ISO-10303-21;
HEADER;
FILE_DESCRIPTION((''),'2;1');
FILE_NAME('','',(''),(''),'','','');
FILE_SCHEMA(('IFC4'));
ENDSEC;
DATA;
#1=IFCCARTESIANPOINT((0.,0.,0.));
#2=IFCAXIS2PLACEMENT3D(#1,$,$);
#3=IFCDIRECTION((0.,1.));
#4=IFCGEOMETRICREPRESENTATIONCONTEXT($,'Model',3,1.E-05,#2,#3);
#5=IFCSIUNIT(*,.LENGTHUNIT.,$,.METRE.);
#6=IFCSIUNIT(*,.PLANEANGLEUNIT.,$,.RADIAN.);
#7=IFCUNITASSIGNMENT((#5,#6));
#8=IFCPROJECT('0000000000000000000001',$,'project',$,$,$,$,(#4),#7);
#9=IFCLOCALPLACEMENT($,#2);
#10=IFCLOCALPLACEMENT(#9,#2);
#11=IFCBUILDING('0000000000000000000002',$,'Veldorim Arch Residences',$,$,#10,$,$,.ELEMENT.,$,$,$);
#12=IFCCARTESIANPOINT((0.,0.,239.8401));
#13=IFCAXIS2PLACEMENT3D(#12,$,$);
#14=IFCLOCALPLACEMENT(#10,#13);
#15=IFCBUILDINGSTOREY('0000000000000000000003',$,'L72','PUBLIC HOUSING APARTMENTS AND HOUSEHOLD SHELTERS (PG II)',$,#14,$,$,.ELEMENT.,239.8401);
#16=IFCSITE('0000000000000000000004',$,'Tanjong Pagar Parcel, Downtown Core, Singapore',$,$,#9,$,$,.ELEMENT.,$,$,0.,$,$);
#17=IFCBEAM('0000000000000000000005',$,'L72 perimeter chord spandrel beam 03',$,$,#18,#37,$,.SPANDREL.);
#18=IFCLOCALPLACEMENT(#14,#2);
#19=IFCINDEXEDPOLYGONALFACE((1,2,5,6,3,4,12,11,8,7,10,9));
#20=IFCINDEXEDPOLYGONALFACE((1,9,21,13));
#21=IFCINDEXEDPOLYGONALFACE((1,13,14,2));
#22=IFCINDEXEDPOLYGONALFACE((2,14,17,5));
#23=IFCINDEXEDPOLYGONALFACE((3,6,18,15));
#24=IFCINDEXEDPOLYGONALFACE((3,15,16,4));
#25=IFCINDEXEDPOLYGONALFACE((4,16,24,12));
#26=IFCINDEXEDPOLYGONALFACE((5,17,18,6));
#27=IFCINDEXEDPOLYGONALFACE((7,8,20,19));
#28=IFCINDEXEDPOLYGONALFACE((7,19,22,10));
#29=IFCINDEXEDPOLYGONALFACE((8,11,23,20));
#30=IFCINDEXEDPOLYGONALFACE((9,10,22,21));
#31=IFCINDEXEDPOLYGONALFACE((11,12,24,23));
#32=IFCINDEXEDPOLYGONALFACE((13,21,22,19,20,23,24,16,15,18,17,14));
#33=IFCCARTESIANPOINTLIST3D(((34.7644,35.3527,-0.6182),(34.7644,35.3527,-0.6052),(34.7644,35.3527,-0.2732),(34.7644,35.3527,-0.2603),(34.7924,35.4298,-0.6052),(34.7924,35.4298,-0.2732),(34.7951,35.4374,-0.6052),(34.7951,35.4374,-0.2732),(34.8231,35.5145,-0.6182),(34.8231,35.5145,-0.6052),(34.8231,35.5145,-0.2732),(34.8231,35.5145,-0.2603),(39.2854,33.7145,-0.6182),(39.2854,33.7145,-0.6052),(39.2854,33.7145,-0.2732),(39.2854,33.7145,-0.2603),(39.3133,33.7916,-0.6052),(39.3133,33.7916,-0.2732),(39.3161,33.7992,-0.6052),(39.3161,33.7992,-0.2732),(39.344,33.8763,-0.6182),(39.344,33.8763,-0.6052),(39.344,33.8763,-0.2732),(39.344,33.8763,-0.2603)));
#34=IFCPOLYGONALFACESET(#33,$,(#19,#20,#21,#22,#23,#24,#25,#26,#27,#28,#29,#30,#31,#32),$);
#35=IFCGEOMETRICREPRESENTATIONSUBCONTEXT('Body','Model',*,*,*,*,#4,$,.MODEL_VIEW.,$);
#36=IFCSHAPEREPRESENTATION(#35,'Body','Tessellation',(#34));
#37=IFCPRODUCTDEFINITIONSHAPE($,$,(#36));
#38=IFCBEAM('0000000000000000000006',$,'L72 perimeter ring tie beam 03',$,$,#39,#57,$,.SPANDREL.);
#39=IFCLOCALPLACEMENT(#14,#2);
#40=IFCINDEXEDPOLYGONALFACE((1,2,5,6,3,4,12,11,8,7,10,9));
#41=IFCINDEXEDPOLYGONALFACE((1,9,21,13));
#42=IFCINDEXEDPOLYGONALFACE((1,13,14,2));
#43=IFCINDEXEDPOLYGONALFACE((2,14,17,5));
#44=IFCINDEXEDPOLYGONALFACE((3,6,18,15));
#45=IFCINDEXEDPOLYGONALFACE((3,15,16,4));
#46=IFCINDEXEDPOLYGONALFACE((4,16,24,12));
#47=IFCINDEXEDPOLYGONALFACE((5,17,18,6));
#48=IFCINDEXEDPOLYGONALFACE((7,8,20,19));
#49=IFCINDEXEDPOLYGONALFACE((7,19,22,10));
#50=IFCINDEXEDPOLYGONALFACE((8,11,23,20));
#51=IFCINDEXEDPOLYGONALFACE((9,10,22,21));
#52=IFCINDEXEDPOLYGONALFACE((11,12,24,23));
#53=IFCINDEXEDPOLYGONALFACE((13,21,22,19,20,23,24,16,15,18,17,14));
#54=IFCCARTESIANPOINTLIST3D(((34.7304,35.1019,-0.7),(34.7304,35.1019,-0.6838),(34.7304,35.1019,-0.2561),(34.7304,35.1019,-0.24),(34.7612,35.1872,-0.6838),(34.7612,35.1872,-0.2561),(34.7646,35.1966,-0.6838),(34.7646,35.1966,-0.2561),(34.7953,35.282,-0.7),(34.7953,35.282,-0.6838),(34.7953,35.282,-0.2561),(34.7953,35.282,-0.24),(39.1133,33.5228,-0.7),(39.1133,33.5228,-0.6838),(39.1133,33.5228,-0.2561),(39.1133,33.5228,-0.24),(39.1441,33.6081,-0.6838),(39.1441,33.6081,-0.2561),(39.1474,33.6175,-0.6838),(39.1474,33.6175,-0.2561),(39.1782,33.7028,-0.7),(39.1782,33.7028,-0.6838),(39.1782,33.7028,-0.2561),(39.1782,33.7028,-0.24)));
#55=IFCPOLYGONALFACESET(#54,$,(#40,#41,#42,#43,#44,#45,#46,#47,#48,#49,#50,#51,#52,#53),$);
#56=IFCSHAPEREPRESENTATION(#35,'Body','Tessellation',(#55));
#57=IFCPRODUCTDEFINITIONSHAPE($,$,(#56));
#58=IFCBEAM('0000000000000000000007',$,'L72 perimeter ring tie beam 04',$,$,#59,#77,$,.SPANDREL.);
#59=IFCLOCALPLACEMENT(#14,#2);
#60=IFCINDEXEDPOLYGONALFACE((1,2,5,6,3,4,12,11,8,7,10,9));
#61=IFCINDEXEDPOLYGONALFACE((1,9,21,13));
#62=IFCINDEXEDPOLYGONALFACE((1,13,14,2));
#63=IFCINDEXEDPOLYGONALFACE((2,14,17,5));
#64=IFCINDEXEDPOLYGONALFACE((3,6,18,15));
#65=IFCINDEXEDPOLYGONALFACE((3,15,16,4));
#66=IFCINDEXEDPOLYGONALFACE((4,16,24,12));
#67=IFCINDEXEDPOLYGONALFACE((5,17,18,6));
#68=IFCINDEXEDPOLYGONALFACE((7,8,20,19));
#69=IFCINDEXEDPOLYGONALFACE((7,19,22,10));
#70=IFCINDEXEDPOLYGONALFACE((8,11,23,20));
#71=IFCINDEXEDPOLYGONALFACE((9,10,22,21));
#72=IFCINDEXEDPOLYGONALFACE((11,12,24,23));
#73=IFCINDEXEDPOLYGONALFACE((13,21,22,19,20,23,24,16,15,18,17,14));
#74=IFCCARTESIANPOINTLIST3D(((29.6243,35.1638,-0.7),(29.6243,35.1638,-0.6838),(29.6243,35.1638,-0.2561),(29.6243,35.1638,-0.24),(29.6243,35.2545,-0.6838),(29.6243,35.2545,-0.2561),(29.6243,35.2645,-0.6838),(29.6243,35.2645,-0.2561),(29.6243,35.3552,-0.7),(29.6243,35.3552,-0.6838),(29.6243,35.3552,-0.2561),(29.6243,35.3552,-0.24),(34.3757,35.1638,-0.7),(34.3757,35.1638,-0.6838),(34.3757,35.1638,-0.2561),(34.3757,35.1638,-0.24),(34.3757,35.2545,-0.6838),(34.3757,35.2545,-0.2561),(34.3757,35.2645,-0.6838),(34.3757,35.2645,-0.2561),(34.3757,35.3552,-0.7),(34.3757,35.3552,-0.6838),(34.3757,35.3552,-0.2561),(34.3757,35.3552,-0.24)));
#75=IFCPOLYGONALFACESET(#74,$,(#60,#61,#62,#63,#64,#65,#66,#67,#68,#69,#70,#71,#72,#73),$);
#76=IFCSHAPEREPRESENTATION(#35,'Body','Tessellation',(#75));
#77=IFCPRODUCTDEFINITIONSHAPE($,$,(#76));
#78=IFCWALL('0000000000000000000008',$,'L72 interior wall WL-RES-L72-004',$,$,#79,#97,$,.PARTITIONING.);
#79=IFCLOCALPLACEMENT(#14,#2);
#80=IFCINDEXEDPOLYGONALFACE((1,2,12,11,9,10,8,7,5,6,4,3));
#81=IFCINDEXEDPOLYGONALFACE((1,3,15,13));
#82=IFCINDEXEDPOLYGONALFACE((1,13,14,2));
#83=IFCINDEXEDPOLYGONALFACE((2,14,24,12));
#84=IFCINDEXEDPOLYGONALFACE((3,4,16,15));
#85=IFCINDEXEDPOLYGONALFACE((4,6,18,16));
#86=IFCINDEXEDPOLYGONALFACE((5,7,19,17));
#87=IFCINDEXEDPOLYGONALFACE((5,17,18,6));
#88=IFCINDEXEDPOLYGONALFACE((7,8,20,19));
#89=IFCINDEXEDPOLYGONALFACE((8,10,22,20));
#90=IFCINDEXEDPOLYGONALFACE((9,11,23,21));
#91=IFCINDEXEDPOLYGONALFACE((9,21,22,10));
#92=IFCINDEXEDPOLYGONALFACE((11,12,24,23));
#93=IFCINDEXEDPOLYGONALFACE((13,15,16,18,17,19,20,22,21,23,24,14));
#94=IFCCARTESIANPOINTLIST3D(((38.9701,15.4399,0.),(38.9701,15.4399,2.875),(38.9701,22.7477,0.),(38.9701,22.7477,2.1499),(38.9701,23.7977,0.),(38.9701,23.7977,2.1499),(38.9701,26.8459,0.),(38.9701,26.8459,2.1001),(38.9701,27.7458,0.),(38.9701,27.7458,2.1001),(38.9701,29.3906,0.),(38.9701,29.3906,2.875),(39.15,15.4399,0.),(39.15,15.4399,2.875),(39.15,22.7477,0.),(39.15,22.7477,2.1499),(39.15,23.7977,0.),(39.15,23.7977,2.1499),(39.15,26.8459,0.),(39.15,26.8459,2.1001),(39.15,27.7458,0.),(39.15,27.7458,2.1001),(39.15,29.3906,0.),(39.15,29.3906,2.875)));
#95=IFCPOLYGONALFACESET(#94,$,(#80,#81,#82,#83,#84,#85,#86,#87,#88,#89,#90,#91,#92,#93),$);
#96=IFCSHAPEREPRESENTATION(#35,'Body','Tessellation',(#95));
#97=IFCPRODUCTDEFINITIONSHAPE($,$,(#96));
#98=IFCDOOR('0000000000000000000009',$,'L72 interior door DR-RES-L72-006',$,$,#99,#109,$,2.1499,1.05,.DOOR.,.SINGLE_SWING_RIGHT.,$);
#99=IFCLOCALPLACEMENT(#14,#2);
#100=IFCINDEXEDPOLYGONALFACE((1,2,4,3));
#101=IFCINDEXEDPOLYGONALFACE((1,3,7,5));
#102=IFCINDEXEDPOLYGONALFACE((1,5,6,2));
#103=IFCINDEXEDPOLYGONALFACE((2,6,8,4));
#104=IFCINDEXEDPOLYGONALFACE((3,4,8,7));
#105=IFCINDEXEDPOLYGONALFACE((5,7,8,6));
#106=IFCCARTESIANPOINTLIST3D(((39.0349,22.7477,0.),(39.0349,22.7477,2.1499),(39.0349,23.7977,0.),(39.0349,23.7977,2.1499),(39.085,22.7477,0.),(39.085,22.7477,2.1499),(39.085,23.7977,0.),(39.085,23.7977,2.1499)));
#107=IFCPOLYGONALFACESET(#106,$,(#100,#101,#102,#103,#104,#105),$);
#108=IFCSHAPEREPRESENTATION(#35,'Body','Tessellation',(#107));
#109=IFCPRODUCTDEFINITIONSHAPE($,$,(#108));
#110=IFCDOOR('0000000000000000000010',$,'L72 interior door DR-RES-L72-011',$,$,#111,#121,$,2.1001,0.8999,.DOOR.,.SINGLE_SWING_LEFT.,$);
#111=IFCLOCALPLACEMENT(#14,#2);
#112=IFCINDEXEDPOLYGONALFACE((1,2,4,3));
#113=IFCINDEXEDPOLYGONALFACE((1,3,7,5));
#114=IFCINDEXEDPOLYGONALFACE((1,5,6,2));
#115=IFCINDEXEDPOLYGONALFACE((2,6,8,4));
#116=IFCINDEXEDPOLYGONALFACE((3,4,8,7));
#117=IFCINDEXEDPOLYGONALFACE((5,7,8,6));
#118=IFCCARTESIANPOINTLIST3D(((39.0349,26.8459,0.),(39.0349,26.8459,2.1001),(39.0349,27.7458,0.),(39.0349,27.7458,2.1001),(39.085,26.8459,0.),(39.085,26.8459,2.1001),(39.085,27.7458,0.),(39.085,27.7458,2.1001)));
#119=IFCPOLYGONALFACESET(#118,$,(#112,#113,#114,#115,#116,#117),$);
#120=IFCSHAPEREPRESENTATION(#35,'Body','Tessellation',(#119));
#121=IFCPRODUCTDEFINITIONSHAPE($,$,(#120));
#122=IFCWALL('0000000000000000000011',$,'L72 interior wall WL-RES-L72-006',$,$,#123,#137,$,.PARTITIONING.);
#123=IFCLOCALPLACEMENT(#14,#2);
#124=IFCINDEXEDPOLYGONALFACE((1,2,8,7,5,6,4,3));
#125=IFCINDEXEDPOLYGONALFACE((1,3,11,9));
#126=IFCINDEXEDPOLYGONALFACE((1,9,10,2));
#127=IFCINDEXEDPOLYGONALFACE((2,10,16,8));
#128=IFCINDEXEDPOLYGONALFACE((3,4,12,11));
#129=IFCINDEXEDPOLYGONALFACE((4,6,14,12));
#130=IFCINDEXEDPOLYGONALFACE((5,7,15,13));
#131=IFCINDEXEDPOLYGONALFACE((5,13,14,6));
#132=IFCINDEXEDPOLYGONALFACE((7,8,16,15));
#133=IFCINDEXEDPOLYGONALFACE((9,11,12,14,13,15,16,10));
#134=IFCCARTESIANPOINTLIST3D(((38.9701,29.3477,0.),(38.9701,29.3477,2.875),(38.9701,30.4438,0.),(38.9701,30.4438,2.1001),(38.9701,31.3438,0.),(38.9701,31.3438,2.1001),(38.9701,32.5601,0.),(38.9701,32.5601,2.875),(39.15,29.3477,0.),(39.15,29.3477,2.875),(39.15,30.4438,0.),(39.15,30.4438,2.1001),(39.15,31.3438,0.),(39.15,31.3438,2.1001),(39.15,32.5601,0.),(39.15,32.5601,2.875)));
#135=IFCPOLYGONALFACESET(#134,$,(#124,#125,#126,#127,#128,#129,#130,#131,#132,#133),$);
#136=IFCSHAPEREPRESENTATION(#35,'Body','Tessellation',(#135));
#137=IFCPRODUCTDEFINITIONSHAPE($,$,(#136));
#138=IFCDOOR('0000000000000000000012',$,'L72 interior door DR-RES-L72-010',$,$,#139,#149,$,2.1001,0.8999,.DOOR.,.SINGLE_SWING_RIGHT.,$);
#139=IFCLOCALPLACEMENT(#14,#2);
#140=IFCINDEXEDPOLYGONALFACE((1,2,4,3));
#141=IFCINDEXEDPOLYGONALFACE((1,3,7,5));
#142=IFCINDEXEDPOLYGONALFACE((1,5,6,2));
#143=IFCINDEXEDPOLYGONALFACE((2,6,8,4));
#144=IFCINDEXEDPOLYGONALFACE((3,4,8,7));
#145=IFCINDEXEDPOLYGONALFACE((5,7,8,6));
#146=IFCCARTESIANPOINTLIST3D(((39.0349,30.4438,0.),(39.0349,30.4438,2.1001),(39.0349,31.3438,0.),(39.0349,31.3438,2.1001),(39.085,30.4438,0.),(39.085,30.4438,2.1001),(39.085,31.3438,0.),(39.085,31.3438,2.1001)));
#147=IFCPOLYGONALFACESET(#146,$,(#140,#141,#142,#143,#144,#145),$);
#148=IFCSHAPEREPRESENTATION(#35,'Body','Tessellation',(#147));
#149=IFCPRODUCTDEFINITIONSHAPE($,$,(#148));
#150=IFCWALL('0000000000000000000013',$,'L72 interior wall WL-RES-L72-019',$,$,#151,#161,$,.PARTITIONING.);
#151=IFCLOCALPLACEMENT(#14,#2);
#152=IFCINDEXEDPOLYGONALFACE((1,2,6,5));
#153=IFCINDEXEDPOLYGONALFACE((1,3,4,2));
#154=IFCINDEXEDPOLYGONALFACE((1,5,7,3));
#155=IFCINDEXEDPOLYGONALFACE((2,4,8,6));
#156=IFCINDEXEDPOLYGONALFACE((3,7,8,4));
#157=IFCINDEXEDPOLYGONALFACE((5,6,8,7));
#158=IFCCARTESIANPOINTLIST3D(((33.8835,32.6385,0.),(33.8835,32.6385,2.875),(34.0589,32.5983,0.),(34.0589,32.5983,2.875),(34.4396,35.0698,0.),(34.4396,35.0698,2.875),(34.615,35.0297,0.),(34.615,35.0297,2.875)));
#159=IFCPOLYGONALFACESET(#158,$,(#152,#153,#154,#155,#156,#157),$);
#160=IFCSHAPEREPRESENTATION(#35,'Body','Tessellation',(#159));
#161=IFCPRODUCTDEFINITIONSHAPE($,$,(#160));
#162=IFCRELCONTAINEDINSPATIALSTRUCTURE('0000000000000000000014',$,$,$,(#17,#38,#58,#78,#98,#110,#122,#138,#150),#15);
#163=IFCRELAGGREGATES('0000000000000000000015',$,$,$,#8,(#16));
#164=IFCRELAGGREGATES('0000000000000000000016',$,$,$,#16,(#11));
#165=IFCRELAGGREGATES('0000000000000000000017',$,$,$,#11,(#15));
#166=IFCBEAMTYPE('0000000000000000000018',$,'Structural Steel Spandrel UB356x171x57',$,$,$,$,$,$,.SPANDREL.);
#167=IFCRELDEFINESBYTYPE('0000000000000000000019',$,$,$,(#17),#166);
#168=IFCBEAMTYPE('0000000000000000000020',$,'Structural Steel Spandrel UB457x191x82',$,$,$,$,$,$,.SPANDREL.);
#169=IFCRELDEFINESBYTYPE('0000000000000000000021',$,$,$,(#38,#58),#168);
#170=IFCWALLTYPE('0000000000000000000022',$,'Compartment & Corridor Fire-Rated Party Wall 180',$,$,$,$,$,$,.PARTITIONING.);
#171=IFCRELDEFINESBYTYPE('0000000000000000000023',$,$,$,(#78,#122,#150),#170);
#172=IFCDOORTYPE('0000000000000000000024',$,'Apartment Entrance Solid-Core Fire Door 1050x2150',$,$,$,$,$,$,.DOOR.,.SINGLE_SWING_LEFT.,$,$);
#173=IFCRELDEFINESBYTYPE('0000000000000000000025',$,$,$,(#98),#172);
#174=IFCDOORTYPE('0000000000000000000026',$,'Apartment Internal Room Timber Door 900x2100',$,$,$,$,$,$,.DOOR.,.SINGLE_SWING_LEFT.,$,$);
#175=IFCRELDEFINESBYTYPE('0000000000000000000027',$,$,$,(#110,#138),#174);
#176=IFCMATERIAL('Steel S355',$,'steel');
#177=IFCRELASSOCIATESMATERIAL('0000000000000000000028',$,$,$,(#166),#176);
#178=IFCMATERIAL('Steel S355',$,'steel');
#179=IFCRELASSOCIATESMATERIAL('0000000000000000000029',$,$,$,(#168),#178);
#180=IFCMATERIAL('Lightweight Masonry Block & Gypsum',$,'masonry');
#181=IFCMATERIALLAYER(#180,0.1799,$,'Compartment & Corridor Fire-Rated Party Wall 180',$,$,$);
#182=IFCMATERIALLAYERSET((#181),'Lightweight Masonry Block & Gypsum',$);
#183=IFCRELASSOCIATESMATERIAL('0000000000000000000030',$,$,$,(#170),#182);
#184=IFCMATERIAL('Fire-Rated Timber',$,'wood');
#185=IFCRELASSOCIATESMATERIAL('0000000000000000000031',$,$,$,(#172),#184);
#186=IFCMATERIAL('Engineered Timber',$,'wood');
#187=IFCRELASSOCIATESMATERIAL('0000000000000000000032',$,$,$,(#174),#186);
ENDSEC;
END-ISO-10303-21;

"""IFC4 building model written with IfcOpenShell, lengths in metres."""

from ifc_helpers import new_model, si_unit, direction, frame, frame_2d, origin, origin_2d, place, context, subcontext, project, spatial, rectangle, i_section, extrude, material, layer, layer_set, material_profile, profile_set, type_object, element, fill, save


model = new_model("IFC4")

# Units and contexts
model_context = context("Model", 3, precision=1e-05, world=origin(), true_north=direction((0.0, 1.0)))
body_context = subcontext(model_context, "Body", "Model", "MODEL_VIEW")
ifc_project = project(units=[si_unit("LENGTHUNIT", "METRE"), si_unit("PLANEANGLEUNIT", "RADIAN")], contexts=[model_context])

# Site, building, storey
site_placement = place(None, origin())
site = spatial("IfcSite", under=ifc_project, at=site_placement, Name="Tanjong Pagar Parcel, Downtown Core, Singapore", CompositionType="ELEMENT", RefElevation=0.0)
building_placement = place(site_placement, origin())
building = spatial("IfcBuilding", under=site, at=building_placement, Name="Veldorim Arch Residences", CompositionType="ELEMENT")
storey_placement = place(building_placement, frame((0.0, 0.0, 239.8401)))
storey = spatial("IfcBuildingStorey", under=building, at=storey_placement, Name="L72", Description="PUBLIC HOUSING APARTMENTS AND HOUSEHOLD SHELTERS (PG II)", CompositionType="ELEMENT", Elevation=239.8401)

# Beams
ifc_material_1 = material(Name="Steel S355", Category="steel")
ifc_material_profile_1 = material_profile(ifc_material_1, i_section(OverallWidth=0.1721, OverallDepth=0.3579, WebThickness=0.0081, FlangeThickness=0.0129, at=origin_2d()), Name="UB356x171x57")
ifc_profile_set_1 = profile_set([ifc_material_profile_1], Name="Steel S355")
beam_type_1 = type_object("IfcBeamType", Name="Structural Steel Spandrel UB356x171x57", PredefinedType="SPANDREL", material=ifc_profile_set_1)
beam_1_placement = place(storey_placement, frame((39.3147, 33.7954, -0.4392), z_axis=(-0.940181, 0.340675, 0.0), x_axis=(-0.340675, -0.940181, 0.0)))
element("IfcBeam", 1, at=beam_1_placement, inside=storey, type_object=beam_type_1, Name="L72 perimeter chord spandrel beam 03", PredefinedType="SPANDREL", context=body_context, shape_type="SweptSolid", body=[
    extrude(i_section(OverallWidth=0.1721, OverallDepth=0.3579, WebThickness=0.0081, FlangeThickness=0.0129, at=origin_2d()), origin(), (0.0, 0.0, 1.0), 4.8086),
])
ifc_material_2 = material(Name="Steel S355", Category="steel")
ifc_material_profile_2 = material_profile(ifc_material_2, i_section(OverallWidth=0.1914, OverallDepth=0.46, WebThickness=0.01, FlangeThickness=0.0161, at=origin_2d()), Name="UB457x191x82")
ifc_profile_set_2 = profile_set([ifc_material_profile_2], Name="Steel S355")
beam_type_2 = type_object("IfcBeamType", Name="Structural Steel Spandrel UB457x191x82", PredefinedType="SPANDREL", material=ifc_profile_set_2)
beam_2_placement = place(storey_placement, frame((39.1458, 33.6128, -0.47), z_axis=(-0.940799, 0.338964, 0.0), x_axis=(-0.338964, -0.940799, 0.0)))
element("IfcBeam", 2, at=beam_2_placement, inside=storey, type_object=beam_type_2, Name="L72 perimeter ring tie beam 03", PredefinedType="SPANDREL", context=body_context, shape_type="SweptSolid", body=[
    extrude(i_section(OverallWidth=0.1914, OverallDepth=0.46, WebThickness=0.01, FlangeThickness=0.0161, at=origin_2d()), origin(), (0.0, 0.0, 1.0), 4.6587),
])
beam_3_placement = place(storey_placement, frame((34.3757, 35.2595, -0.47), z_axis=(-1.0, 0.0, 0.0), x_axis=(0.0, -1.0, 0.0)))
element("IfcBeam", 3, at=beam_3_placement, inside=storey, type_object=beam_type_2, Name="L72 perimeter ring tie beam 04", PredefinedType="SPANDREL", context=body_context, shape_type="SweptSolid", body=[
    extrude(i_section(OverallWidth=0.1914, OverallDepth=0.46, WebThickness=0.01, FlangeThickness=0.0161, at=origin_2d()), origin(), (0.0, 0.0, 1.0), 4.7515),
])

# Wall, openings, doors
ifc_material_3 = material(Name="Lightweight Masonry Block & Gypsum", Category="masonry")
ifc_layer_1 = layer(ifc_material_3, 0.1799, Name="Compartment & Corridor Fire-Rated Party Wall 180")
ifc_layer_set_1 = layer_set([ifc_layer_1], Name="Lightweight Masonry Block & Gypsum")
wall_type_1 = type_object("IfcWallType", Name="Compartment & Corridor Fire-Rated Party Wall 180", PredefinedType="PARTITIONING", material=ifc_layer_set_1)
wall_1_placement = place(storey_placement, frame((39.0601, 29.3906, 0.0), z_axis=(0.0, 0.0, 1.0), x_axis=(0.0, -1.0, 0.0)))
wall_1 = element("IfcWall", 4, at=wall_1_placement, inside=storey, type_object=wall_type_1, Name="L72 interior wall WL-RES-L72-004", PredefinedType="PARTITIONING", context=body_context, shape_type="SweptSolid", body=[
    extrude(rectangle(XDim=13.9507, YDim=0.1799, at=frame_2d((6.9753, 0.0))), origin(), (0.0, 0.0, 1.0), 2.875),
])
opening_1_placement = place(wall_1_placement, frame((5.593, 0.0, 0.0)))
opening_1 = element("IfcOpeningElement", 5, at=opening_1_placement, cuts=wall_1, PredefinedType="OPENING", context=body_context, shape_type="SweptSolid", body=[
    extrude(rectangle(XDim=1.05, YDim=2.1499, at=frame_2d((0.5249, 1.075))), frame((0.0, 0.0999, 0.0), z_axis=(0.0, -1.0, 0.0), x_axis=(1.0, 0.0, 0.0)), (0.0, 0.0, 1.0), 0.2),
])
opening_2_placement = place(wall_1_placement, frame((1.6448, 0.0, 0.0)))
opening_2 = element("IfcOpeningElement", 6, at=opening_2_placement, cuts=wall_1, PredefinedType="OPENING", context=body_context, shape_type="SweptSolid", body=[
    extrude(rectangle(XDim=0.8999, YDim=2.1001, at=frame_2d((0.45, 1.05))), frame((0.0, 0.0999, 0.0), z_axis=(0.0, -1.0, 0.0), x_axis=(1.0, 0.0, 0.0)), (0.0, 0.0, 1.0), 0.2),
])
ifc_material_4 = material(Name="Fire-Rated Timber", Category="wood")
door_type_1 = type_object("IfcDoorType", Name="Apartment Entrance Solid-Core Fire Door 1050x2150", OperationType="SINGLE_SWING_LEFT", PredefinedType="DOOR", material=ifc_material_4)
door_1_placement = place(opening_1_placement, origin())
door_1 = element("IfcDoor", 7, at=door_1_placement, inside=storey, type_object=door_type_1, Name="L72 interior door DR-RES-L72-006", OperationType="SINGLE_SWING_RIGHT", OverallHeight=2.1499, OverallWidth=1.05, PredefinedType="DOOR", context=body_context, shape_type="SweptSolid", body=[
    extrude(rectangle(XDim=1.05, YDim=2.1499, at=frame_2d((0.5249, 1.075))), frame((0.0, 0.0249, 0.0), z_axis=(0.0, -1.0, 0.0), x_axis=(1.0, 0.0, 0.0)), (0.0, 0.0, 1.0), 0.05),
])
fill(opening_1, door_1)
ifc_material_5 = material(Name="Engineered Timber", Category="wood")
door_type_2 = type_object("IfcDoorType", Name="Apartment Internal Room Timber Door 900x2100", OperationType="SINGLE_SWING_LEFT", PredefinedType="DOOR", material=ifc_material_5)
door_2_placement = place(opening_2_placement, origin())
door_2 = element("IfcDoor", 8, at=door_2_placement, inside=storey, type_object=door_type_2, Name="L72 interior door DR-RES-L72-011", OperationType="SINGLE_SWING_LEFT", OverallHeight=2.1001, OverallWidth=0.8999, PredefinedType="DOOR", context=body_context, shape_type="SweptSolid", body=[
    extrude(rectangle(XDim=0.8999, YDim=2.1001, at=frame_2d((0.45, 1.05))), frame((0.0, 0.0249, 0.0), z_axis=(0.0, -1.0, 0.0), x_axis=(1.0, 0.0, 0.0)), (0.0, 0.0, 1.0), 0.05),
])
fill(opening_2, door_2)

# Wall, opening, door
wall_2_placement = place(storey_placement, frame((39.0601, 32.5601, 0.0), z_axis=(0.0, 0.0, 1.0), x_axis=(0.0, -1.0, 0.0)))
wall_2 = element("IfcWall", 9, at=wall_2_placement, inside=storey, type_object=wall_type_1, Name="L72 interior wall WL-RES-L72-006", PredefinedType="PARTITIONING", context=body_context, shape_type="SweptSolid", body=[
    extrude(rectangle(XDim=3.2124, YDim=0.1799, at=frame_2d((1.6062, 0.0))), origin(), (0.0, 0.0, 1.0), 2.875),
])
opening_3_placement = place(wall_2_placement, frame((1.2163, 0.0, 0.0)))
opening_3 = element("IfcOpeningElement", 10, at=opening_3_placement, cuts=wall_2, PredefinedType="OPENING", context=body_context, shape_type="SweptSolid", body=[
    extrude(rectangle(XDim=0.8999, YDim=2.1001, at=frame_2d((0.45, 1.05))), frame((0.0, 0.0999, 0.0), z_axis=(0.0, -1.0, 0.0), x_axis=(1.0, 0.0, 0.0)), (0.0, 0.0, 1.0), 0.2),
])
door_3_placement = place(opening_3_placement, origin())
door_3 = element("IfcDoor", 11, at=door_3_placement, inside=storey, type_object=door_type_2, Name="L72 interior door DR-RES-L72-010", OperationType="SINGLE_SWING_RIGHT", OverallHeight=2.1001, OverallWidth=0.8999, PredefinedType="DOOR", context=body_context, shape_type="SweptSolid", body=[
    extrude(rectangle(XDim=0.8999, YDim=2.1001, at=frame_2d((0.45, 1.05))), frame((0.0, 0.0249, 0.0), z_axis=(0.0, -1.0, 0.0), x_axis=(1.0, 0.0, 0.0)), (0.0, 0.0, 1.0), 0.05),
])
fill(opening_3, door_3)

# Wall
wall_3_placement = place(storey_placement, frame((33.9712, 32.6184, 0.0), z_axis=(0.0, 0.0, 1.0), x_axis=(0.222979, 0.974823, 0.0)))
element("IfcWall", 12, at=wall_3_placement, inside=storey, type_object=wall_type_1, Name="L72 interior wall WL-RES-L72-019", PredefinedType="PARTITIONING", context=body_context, shape_type="SweptSolid", body=[
    extrude(rectangle(XDim=2.4941, YDim=0.1799, at=frame_2d((1.2471, 0.0))), origin(), (0.0, 0.0, 1.0), 2.875),
])

save(model, "model.ifc")
